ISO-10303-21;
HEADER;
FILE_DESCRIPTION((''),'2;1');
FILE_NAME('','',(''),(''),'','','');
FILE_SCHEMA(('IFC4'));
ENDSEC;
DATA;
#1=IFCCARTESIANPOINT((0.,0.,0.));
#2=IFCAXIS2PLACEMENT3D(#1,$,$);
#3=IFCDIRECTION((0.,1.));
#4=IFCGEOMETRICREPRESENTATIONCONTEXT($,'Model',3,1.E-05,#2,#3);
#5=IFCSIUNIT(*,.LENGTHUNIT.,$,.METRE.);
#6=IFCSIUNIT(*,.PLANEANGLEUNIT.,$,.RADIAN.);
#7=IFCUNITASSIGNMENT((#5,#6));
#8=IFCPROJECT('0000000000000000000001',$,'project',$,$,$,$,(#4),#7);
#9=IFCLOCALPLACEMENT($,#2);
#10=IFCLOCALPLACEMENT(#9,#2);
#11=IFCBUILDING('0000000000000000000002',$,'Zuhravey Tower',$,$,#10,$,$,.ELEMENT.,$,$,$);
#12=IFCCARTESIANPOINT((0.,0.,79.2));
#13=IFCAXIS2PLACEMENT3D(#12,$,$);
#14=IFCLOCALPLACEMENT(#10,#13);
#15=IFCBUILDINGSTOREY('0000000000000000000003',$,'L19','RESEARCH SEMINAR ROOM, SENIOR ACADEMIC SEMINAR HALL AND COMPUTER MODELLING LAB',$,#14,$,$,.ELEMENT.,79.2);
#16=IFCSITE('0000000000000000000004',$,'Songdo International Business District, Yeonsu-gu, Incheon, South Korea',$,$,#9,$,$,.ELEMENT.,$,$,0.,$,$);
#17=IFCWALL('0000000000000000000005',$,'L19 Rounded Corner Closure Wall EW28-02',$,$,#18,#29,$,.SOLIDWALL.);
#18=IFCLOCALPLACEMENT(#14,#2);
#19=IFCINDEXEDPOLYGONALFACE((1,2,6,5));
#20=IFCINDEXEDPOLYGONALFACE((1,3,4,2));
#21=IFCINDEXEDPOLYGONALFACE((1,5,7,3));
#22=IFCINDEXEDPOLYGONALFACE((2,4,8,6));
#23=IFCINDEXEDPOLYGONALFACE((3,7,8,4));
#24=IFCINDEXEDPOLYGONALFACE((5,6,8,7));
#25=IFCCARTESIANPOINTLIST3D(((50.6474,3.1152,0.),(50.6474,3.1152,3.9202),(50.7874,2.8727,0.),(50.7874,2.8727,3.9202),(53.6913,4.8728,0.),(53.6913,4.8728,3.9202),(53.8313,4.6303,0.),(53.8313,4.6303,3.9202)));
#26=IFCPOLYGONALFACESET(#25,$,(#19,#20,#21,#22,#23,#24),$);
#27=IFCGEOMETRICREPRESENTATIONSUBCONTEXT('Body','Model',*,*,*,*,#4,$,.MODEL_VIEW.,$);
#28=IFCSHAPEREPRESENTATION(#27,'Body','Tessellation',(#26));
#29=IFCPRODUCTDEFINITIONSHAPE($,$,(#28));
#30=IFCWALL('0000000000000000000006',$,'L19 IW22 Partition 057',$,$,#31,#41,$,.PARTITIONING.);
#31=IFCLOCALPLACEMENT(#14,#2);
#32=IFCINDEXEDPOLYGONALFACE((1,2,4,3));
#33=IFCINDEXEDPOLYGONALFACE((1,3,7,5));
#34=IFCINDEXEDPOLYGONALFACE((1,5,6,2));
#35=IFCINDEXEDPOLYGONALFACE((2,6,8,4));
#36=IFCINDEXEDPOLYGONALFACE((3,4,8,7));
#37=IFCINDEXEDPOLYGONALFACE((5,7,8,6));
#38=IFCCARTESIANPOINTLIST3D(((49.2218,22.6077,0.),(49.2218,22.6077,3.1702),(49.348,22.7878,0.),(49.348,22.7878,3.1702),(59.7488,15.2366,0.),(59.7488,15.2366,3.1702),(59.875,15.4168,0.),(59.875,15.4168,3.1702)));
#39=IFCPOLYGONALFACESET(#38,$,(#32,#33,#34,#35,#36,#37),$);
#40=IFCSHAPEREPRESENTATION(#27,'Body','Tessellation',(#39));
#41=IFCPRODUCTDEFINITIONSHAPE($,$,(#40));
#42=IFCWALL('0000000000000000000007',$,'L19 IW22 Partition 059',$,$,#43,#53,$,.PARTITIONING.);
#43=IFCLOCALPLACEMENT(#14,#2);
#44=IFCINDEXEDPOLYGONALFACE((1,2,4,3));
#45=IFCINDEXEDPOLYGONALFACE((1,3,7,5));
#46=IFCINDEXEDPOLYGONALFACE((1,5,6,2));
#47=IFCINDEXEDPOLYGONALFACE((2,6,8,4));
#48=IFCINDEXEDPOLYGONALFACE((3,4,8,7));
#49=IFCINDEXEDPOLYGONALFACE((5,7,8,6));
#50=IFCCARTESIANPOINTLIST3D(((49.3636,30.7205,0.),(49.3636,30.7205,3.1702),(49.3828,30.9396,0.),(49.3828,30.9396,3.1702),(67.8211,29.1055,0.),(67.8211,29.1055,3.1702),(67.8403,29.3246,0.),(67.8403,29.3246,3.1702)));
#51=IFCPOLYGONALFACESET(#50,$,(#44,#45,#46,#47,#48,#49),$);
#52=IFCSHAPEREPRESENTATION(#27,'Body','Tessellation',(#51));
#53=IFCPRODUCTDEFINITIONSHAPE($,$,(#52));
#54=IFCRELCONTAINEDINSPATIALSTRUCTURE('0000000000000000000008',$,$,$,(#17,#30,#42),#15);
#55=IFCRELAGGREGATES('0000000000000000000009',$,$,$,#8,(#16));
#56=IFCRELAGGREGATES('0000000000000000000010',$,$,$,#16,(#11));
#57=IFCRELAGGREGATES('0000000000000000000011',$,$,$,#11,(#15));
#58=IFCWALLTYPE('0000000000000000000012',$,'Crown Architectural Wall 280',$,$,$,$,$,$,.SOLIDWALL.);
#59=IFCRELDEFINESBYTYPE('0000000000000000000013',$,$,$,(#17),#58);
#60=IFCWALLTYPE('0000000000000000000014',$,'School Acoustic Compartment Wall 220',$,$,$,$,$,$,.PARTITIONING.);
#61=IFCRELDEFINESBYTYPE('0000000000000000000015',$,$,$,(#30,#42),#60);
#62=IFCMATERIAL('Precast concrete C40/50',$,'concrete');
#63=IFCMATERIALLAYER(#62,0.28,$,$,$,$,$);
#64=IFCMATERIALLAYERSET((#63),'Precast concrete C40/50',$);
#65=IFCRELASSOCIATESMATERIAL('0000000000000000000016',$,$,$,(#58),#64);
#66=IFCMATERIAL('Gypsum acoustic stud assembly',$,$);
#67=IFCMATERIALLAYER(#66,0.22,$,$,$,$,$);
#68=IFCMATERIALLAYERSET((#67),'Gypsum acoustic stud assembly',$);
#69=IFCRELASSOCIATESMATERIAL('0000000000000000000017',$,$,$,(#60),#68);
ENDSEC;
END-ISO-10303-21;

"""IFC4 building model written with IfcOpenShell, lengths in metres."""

from ifc_helpers import new_model, si_unit, direction, frame, frame_2d, origin, place, context, subcontext, project, spatial, rectangle, extrude, material, layer, layer_set, type_object, element, save


model = new_model("IFC4")

# Units and contexts
model_context = context("Model", 3, precision=1e-05, world=origin(), true_north=direction((0.0, 1.0)))
body_context = subcontext(model_context, "Body", "Model", "MODEL_VIEW")
ifc_project = project(units=[si_unit("LENGTHUNIT", "METRE"), si_unit("PLANEANGLEUNIT", "RADIAN")], contexts=[model_context])

# Site, building, storey
site_placement = place(None, origin())
site = spatial("IfcSite", under=ifc_project, at=site_placement, Name="Songdo International Business District, Yeonsu-gu, Incheon, South Korea", CompositionType="ELEMENT", RefElevation=0.0)
building_placement = place(site_placement, origin())
building = spatial("IfcBuilding", under=site, at=building_placement, Name="Zuhravey Tower", CompositionType="ELEMENT")
storey_placement = place(building_placement, frame((0.0, 0.0, 79.2)))
storey = spatial("IfcBuildingStorey", under=building, at=storey_placement, Name="L19", Description="RESEARCH SEMINAR ROOM, SENIOR ACADEMIC SEMINAR HALL AND COMPUTER MODELLING LAB", CompositionType="ELEMENT", Elevation=79.2)

# Walls
ifc_material_1 = material(Name="Precast concrete C40/50", Category="concrete")
ifc_layer_1 = layer(ifc_material_1, 0.28)
ifc_layer_set_1 = layer_set([ifc_layer_1], Name="Precast concrete C40/50")
wall_type_1 = type_object("IfcWallType", Name="Crown Architectural Wall 280", PredefinedType="SOLIDWALL", material=ifc_layer_set_1)
wall_1_placement = place(storey_placement, frame((53.7612, 4.7515, 0.0), z_axis=(0.0, 0.0, 1.0), x_axis=(-0.866007, -0.500031, 0.0)))
element("IfcWall", 1, at=wall_1_placement, inside=storey, type_object=wall_type_1, Name="L19 Rounded Corner Closure Wall EW28-02", PredefinedType="SOLIDWALL", context=body_context, shape_type="SweptSolid", body=[
    extrude(rectangle(XDim=3.5149, YDim=0.28, at=frame_2d((1.7573, 0.0))), origin(), (0.0, 0.0, 1.0), 3.9202),
])
ifc_material_2 = material(Name="Gypsum acoustic stud assembly")
ifc_layer_2 = layer(ifc_material_2, 0.22)
ifc_layer_set_2 = layer_set([ifc_layer_2], Name="Gypsum acoustic stud assembly")
wall_type_2 = type_object("IfcWallType", Name="School Acoustic Compartment Wall 220", PredefinedType="PARTITIONING", material=ifc_layer_set_2)
wall_2_placement = place(storey_placement, frame((49.2849, 22.6978, 0.0), z_axis=(0.0, 0.0, 1.0), x_axis=(0.819154, -0.573573, 0.0)))
element("IfcWall", 2, at=wall_2_placement, inside=storey, type_object=wall_type_2, Name="L19 IW22 Partition 057", PredefinedType="PARTITIONING", context=body_context, shape_type="SweptSolid", body=[
    extrude(rectangle(XDim=12.8511, YDim=0.22, at=frame_2d((6.4255, 0.0))), origin(), (0.0, 0.0, 1.0), 3.1702),
])
wall_3_placement = place(storey_placement, frame((49.373, 30.8301, 0.0), z_axis=(0.0, 0.0, 1.0), x_axis=(0.996194, -0.087165, 0.0)))
element("IfcWall", 3, at=wall_3_placement, inside=storey, type_object=wall_type_2, Name="L19 IW22 Partition 059", PredefinedType="PARTITIONING", context=body_context, shape_type="SweptSolid", body=[
    extrude(rectangle(XDim=18.5281, YDim=0.22, at=frame_2d((9.2642, 0.0))), origin(), (0.0, 0.0, 1.0), 3.1702),
])

save(model, "model.ifc")
